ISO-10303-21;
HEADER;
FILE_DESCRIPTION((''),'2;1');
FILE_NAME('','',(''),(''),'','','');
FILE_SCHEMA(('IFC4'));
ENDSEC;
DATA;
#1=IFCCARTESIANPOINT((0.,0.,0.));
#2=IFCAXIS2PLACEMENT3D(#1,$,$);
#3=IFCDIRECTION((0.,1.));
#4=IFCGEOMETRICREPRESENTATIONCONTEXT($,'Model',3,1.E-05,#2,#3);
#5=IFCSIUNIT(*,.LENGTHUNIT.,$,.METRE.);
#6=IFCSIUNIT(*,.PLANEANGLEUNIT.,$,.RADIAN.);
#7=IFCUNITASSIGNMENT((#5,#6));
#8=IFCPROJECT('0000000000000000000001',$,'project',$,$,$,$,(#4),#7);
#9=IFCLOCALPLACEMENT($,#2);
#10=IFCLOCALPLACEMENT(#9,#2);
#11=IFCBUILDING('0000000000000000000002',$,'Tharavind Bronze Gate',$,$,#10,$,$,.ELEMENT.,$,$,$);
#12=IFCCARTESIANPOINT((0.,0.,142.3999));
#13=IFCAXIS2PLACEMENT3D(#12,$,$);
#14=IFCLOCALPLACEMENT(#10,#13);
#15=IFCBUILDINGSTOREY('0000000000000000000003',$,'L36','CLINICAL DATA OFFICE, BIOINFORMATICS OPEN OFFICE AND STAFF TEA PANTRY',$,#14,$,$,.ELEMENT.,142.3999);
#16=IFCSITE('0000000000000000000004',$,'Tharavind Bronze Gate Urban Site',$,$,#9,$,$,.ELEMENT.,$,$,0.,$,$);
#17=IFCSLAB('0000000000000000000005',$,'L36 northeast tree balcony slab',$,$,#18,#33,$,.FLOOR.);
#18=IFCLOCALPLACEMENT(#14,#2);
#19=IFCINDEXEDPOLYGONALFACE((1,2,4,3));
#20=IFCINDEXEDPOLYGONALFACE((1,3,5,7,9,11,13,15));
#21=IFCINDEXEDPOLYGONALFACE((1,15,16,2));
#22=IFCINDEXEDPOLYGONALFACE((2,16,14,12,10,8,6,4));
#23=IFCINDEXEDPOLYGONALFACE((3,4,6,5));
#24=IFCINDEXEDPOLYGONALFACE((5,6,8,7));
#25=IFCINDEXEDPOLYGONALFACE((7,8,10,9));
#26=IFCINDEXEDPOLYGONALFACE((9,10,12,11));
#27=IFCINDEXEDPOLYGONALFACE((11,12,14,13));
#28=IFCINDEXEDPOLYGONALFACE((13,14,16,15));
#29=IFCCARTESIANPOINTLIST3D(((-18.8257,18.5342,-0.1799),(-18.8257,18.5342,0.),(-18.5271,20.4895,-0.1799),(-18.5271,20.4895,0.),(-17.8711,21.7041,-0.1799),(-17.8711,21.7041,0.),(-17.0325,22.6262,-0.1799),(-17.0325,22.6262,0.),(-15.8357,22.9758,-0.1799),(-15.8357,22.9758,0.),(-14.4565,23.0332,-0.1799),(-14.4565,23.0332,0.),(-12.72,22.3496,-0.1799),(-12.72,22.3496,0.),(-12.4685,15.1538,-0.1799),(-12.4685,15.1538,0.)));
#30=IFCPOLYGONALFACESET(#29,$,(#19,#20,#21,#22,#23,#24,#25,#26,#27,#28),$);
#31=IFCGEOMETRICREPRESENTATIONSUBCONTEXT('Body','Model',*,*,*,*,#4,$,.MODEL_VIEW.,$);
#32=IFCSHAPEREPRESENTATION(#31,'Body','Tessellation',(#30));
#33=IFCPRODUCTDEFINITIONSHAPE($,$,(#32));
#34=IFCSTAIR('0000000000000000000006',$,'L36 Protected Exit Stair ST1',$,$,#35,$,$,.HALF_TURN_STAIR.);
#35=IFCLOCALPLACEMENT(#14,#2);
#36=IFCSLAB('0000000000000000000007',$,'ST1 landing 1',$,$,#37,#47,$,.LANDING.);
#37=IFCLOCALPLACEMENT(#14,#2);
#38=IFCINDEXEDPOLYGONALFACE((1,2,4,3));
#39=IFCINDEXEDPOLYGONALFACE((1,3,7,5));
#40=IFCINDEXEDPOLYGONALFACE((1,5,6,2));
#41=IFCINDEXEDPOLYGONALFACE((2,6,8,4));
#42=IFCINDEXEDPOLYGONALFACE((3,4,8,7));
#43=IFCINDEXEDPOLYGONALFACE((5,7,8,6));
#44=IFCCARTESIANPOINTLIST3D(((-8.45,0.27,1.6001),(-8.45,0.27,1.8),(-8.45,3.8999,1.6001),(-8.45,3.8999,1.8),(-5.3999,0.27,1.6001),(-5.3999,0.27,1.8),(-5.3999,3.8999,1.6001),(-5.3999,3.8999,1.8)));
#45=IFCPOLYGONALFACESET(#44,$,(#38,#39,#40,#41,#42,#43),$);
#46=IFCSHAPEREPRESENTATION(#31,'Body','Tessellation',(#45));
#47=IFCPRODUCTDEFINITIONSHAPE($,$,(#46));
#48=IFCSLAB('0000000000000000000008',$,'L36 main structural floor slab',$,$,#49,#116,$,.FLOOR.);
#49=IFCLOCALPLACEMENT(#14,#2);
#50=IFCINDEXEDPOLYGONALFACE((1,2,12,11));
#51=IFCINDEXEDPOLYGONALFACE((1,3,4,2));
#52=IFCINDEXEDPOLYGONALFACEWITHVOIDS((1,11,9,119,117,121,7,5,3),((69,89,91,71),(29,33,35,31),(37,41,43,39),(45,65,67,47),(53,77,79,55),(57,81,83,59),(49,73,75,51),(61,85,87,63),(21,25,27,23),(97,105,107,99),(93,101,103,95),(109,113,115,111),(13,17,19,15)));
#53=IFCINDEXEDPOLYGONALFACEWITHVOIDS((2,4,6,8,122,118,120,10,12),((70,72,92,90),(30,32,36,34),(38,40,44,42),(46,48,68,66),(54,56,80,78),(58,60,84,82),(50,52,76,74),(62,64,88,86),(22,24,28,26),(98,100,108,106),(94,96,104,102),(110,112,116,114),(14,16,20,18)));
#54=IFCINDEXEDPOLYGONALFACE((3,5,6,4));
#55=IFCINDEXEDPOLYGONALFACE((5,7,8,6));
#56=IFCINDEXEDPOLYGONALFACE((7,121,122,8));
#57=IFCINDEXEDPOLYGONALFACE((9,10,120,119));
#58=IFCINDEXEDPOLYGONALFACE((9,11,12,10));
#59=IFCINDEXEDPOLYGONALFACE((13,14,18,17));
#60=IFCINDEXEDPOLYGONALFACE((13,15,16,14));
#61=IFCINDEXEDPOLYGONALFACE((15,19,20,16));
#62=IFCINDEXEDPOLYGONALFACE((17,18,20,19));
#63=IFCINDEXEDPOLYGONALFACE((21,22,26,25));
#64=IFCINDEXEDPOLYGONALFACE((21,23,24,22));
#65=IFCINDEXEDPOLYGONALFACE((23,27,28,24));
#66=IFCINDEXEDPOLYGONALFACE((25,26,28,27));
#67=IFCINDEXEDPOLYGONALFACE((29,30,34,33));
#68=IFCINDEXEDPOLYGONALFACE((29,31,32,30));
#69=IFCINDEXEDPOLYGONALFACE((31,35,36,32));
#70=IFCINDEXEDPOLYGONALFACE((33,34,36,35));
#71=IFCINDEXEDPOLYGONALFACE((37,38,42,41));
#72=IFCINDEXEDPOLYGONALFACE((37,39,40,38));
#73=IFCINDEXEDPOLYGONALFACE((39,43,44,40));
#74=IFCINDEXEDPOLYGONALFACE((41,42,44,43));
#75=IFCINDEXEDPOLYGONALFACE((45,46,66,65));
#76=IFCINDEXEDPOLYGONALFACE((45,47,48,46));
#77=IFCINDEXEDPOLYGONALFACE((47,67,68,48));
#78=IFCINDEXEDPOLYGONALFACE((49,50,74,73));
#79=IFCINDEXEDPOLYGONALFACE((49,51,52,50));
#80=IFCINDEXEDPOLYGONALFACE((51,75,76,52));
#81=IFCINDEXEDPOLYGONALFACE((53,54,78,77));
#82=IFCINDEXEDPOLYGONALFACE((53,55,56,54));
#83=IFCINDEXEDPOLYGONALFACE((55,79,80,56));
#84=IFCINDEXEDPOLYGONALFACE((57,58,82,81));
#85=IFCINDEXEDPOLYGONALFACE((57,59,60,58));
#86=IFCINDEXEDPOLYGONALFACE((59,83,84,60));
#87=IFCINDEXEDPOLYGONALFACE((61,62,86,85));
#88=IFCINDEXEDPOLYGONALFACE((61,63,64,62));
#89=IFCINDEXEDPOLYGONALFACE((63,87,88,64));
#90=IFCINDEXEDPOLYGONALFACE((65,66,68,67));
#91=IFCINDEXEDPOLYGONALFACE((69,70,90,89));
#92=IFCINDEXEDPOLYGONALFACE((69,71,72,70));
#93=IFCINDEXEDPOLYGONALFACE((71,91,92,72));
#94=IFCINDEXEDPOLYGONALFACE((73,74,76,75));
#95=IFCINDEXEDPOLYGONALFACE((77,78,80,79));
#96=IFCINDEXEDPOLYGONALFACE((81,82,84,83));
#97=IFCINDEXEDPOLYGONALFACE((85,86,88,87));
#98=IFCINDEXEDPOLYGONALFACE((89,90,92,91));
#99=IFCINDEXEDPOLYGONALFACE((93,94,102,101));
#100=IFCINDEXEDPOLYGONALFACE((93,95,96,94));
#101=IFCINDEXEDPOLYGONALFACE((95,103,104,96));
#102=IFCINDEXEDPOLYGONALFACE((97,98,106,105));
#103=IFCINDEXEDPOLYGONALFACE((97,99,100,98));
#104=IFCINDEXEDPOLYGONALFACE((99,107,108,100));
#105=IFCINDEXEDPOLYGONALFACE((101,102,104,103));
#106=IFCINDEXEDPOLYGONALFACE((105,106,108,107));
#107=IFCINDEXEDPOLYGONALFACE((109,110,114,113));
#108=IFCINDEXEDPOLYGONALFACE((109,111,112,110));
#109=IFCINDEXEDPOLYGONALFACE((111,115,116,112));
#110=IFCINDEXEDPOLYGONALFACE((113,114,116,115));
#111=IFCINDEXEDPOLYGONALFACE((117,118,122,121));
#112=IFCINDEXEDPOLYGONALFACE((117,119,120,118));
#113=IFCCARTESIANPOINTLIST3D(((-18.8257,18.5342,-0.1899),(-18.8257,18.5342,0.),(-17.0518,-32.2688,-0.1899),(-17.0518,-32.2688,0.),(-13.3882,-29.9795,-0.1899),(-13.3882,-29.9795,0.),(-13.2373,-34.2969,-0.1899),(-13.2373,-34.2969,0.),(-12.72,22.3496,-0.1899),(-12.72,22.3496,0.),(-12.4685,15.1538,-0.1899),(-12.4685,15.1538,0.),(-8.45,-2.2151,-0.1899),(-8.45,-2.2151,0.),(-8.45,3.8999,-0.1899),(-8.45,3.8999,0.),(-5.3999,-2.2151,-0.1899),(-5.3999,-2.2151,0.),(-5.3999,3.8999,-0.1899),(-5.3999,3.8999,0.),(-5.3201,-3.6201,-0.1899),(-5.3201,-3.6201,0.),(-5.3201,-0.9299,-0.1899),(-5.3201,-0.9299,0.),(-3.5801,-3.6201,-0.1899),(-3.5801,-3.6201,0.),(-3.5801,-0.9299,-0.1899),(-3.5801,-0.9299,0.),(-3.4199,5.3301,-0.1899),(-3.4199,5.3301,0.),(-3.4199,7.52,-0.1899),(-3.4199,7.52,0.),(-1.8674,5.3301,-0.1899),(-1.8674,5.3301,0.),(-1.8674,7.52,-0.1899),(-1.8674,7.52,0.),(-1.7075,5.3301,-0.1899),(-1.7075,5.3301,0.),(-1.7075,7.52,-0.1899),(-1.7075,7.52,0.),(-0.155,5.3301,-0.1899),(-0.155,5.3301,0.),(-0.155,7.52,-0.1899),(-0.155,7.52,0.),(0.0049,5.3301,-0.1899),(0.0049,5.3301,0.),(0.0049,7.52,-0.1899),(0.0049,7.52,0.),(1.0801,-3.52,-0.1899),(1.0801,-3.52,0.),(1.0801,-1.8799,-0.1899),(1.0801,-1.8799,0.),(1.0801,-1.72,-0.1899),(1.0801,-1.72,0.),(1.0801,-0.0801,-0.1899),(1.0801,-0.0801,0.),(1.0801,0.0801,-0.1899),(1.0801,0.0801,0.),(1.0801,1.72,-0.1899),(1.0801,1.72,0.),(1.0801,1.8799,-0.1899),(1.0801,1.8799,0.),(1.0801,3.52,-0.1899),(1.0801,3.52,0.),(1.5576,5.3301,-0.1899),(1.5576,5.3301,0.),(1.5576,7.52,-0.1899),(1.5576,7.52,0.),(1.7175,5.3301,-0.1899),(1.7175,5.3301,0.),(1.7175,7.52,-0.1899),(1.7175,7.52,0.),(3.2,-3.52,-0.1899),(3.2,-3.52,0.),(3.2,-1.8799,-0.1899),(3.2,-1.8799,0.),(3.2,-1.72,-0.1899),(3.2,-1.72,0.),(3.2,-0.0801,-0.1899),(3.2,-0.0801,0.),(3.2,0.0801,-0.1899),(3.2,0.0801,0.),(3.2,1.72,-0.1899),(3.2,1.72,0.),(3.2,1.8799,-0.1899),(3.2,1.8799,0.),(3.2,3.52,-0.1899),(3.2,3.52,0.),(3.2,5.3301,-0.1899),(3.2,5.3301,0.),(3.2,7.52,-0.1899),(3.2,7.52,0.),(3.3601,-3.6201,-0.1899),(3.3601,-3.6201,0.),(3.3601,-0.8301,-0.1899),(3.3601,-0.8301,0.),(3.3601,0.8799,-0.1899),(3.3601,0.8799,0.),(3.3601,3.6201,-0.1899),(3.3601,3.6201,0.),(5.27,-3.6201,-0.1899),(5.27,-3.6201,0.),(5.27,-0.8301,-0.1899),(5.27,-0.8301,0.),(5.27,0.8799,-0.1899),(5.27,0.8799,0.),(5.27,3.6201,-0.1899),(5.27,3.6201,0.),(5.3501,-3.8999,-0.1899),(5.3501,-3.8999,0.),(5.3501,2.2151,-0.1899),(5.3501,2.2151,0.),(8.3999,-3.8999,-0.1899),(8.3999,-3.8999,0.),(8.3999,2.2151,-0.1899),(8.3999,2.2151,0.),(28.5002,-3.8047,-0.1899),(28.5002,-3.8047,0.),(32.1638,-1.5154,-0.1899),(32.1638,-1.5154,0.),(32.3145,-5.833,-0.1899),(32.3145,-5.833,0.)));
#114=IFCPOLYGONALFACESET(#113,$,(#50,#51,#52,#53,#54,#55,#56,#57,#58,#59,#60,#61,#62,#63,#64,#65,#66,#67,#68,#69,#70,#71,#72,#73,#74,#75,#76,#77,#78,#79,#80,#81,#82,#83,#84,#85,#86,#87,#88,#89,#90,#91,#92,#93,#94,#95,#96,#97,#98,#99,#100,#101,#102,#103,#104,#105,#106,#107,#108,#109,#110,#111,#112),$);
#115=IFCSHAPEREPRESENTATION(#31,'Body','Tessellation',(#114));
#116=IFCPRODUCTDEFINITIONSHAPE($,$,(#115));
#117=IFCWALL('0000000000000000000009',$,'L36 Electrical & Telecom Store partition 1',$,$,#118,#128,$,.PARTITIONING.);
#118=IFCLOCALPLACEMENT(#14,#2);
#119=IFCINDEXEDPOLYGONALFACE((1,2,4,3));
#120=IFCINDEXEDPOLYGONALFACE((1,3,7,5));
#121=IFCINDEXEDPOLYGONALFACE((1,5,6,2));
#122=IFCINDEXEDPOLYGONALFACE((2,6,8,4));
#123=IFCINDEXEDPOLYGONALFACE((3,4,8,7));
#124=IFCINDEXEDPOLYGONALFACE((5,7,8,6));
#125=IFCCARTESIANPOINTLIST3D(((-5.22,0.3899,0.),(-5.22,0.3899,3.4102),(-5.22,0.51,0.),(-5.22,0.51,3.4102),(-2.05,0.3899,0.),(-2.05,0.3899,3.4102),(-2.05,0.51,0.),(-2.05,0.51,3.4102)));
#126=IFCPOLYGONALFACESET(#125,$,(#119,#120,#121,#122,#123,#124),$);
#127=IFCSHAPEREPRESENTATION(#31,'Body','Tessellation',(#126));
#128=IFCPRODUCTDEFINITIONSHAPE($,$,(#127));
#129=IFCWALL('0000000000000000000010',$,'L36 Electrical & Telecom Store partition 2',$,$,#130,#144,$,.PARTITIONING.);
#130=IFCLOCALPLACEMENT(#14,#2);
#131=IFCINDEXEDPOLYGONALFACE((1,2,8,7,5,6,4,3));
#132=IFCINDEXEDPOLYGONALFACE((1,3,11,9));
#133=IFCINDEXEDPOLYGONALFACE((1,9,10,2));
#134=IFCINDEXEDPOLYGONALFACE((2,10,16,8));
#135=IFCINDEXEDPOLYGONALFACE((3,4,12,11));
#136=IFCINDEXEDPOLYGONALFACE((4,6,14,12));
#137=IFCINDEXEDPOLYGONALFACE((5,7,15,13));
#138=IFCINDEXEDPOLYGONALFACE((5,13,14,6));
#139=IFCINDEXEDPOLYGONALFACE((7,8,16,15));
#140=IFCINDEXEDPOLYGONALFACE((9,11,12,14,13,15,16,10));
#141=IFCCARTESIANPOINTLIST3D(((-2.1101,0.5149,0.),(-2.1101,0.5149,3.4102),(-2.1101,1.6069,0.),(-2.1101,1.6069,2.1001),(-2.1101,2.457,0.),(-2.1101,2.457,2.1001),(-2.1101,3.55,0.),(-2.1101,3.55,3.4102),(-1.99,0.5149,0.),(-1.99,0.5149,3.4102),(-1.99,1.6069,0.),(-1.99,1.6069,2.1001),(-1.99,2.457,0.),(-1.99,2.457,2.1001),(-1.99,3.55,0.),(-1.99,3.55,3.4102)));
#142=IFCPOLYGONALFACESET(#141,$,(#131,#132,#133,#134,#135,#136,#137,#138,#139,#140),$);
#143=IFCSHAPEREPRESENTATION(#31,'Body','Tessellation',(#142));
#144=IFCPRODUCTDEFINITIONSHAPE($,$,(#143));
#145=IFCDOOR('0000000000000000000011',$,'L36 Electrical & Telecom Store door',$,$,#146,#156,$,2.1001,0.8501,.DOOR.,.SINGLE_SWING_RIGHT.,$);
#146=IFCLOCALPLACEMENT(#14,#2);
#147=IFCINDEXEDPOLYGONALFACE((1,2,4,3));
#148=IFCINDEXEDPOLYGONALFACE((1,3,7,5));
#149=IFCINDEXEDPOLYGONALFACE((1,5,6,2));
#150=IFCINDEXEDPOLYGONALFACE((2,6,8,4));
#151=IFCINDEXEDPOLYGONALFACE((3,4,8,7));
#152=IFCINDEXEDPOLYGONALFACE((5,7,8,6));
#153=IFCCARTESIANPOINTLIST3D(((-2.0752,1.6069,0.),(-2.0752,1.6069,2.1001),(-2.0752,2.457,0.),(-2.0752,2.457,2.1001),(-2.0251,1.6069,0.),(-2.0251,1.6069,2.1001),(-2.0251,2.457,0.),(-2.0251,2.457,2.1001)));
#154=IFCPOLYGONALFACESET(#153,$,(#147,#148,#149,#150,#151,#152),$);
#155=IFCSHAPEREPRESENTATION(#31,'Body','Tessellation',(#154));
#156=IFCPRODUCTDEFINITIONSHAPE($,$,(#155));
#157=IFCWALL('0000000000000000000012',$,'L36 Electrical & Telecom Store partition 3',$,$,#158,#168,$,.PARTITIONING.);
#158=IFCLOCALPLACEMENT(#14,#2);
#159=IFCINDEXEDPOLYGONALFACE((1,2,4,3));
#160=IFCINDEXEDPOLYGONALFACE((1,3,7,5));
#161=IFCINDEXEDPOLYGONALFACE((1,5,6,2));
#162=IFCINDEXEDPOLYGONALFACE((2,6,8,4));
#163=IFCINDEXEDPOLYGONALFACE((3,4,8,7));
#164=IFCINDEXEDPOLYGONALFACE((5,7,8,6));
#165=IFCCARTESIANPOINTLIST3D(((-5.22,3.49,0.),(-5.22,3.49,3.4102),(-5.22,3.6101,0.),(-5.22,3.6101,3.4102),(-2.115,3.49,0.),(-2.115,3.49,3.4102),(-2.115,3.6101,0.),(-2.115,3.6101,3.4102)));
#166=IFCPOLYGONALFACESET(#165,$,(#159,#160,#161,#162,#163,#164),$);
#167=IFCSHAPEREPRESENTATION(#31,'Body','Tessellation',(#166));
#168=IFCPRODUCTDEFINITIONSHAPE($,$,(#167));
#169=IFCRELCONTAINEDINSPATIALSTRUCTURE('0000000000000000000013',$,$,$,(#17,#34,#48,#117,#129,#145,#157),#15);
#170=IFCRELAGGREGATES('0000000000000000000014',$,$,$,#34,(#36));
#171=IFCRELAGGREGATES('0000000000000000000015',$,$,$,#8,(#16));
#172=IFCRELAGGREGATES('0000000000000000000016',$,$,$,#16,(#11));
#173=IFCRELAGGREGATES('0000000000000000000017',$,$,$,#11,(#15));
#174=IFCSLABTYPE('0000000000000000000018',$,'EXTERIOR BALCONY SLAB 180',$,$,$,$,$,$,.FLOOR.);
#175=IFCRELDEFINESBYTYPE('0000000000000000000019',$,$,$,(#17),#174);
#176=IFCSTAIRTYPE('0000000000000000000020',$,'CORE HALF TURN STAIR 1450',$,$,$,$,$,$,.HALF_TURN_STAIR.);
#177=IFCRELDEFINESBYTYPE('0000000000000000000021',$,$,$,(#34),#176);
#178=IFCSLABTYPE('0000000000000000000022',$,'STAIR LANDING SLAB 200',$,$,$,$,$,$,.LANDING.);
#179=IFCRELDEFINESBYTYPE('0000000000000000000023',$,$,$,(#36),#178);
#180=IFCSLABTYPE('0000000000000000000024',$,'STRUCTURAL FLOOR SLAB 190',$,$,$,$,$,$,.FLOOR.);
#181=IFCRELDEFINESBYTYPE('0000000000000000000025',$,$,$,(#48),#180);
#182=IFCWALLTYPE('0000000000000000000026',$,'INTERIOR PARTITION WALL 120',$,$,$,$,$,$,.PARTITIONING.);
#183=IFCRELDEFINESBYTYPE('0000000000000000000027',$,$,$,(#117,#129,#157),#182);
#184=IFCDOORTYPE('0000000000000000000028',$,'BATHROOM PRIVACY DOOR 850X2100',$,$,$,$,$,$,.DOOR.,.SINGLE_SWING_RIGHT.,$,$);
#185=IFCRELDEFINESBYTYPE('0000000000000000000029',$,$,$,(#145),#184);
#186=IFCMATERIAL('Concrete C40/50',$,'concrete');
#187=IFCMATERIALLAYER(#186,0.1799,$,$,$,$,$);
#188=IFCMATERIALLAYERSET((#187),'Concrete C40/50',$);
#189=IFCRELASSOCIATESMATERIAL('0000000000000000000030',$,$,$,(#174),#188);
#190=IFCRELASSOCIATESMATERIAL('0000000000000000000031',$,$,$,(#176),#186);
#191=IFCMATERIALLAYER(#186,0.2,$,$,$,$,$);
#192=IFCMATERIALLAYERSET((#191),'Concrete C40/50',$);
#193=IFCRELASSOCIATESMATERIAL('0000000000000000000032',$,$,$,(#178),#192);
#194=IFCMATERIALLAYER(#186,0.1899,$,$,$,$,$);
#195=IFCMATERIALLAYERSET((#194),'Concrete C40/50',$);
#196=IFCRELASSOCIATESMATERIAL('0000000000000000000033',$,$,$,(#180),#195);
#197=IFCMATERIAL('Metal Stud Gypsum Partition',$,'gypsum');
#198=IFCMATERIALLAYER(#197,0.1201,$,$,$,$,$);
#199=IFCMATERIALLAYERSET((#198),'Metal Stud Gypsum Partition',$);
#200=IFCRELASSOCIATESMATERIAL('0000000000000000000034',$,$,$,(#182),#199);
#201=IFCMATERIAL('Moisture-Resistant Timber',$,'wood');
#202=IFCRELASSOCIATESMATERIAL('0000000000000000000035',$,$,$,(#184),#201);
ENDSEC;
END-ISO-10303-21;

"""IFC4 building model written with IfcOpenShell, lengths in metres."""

from ifc_helpers import new_model, si_unit, direction, frame, frame_2d, origin, place, context, subcontext, project, spatial, polyline, rectangle, outline, extrude, material, layer, layer_set, type_object, element, fill, aggregate, save


model = new_model("IFC4")

# Units and contexts
model_context = context("Model", 3, precision=1e-05, world=origin(), true_north=direction((0.0, 1.0)))
body_context = subcontext(model_context, "Body", "Model", "MODEL_VIEW")
ifc_project = project(units=[si_unit("LENGTHUNIT", "METRE"), si_unit("PLANEANGLEUNIT", "RADIAN")], contexts=[model_context])

# Site, building, storey
site_placement = place(None, origin())
site = spatial("IfcSite", under=ifc_project, at=site_placement, Name="Tharavind Bronze Gate Urban Site", CompositionType="ELEMENT", RefElevation=0.0)
building_placement = place(site_placement, origin())
building = spatial("IfcBuilding", under=site, at=building_placement, Name="Tharavind Bronze Gate", CompositionType="ELEMENT")
storey_placement = place(building_placement, frame((0.0, 0.0, 142.3999)))
storey = spatial("IfcBuildingStorey", under=building, at=storey_placement, Name="L36", Description="CLINICAL DATA OFFICE, BIOINFORMATICS OPEN OFFICE AND STAFF TEA PANTRY", CompositionType="ELEMENT", Elevation=142.3999)

# Slab
ifc_material_1 = material(Name="Concrete C40/50", Category="concrete")
ifc_layer_1 = layer(ifc_material_1, 0.1799)
ifc_layer_set_1 = layer_set([ifc_layer_1], Name="Concrete C40/50")
slab_type_1 = type_object("IfcSlabType", Name="EXTERIOR BALCONY SLAB 180", PredefinedType="FLOOR", material=ifc_layer_set_1)
slab_1_placement = place(storey_placement, frame((0.0, 0.0, -0.1799)))
element("IfcSlab", 1, at=slab_1_placement, inside=storey, type_object=slab_type_1, Name="L36 northeast tree balcony slab", PredefinedType="FLOOR", context=body_context, shape_type="SweptSolid", body=[
    extrude(outline(polyline([(-14.4565, 23.0332), (-15.8357, 22.9758), (-17.0325, 22.6262), (-17.8711, 21.7041), (-18.5271, 20.4895), (-18.8257, 18.5342), (-12.4685, 15.1538), (-12.72, 22.3496), (-14.4565, 23.0332)])), origin(), (0.0, 0.0, 1.0), 0.1799),
])

# Stair, slab
stair_type = type_object("IfcStairType", Name="CORE HALF TURN STAIR 1450", PredefinedType="HALF_TURN_STAIR", material=ifc_material_1)
stair_placement = place(storey_placement, origin())
stair = element("IfcStair", 2, at=stair_placement, inside=storey, type_object=stair_type, Name="L36 Protected Exit Stair ST1", PredefinedType="HALF_TURN_STAIR")
ifc_layer_2 = layer(ifc_material_1, 0.2)
ifc_layer_set_2 = layer_set([ifc_layer_2], Name="Concrete C40/50")
slab_type_2 = type_object("IfcSlabType", Name="STAIR LANDING SLAB 200", PredefinedType="LANDING", material=ifc_layer_set_2)
slab_2_placement = place(storey_placement, frame((0.0, 0.0, 1.6001)))
slab_2 = element("IfcSlab", 3, at=slab_2_placement, type_object=slab_type_2, Name="ST1 landing 1", PredefinedType="LANDING", context=body_context, shape_type="SweptSolid", body=[
    extrude(outline(polyline([(-5.3999, 0.27), (-5.3999, 3.8999), (-8.45, 3.8999), (-8.45, 0.27), (-5.3999, 0.27)])), origin(), (0.0, 0.0, 1.0), 0.2),
])
aggregate(stair, [slab_2])

# Slab
ifc_layer_3 = layer(ifc_material_1, 0.1899)
ifc_layer_set_3 = layer_set([ifc_layer_3], Name="Concrete C40/50")
slab_type_3 = type_object("IfcSlabType", Name="STRUCTURAL FLOOR SLAB 190", PredefinedType="FLOOR", material=ifc_layer_set_3)
slab_3_placement = place(storey_placement, frame((0.0, 0.0, -0.1899)))
element("IfcSlab", 4, at=slab_3_placement, inside=storey, type_object=slab_type_3, Name="L36 main structural floor slab", PredefinedType="FLOOR", context=body_context, shape_type="SweptSolid", body=[
    extrude(outline(polyline([(-12.72, 22.3496), (-12.4685, 15.1538), (-18.8257, 18.5342), (-17.0518, -32.2688), (-13.3882, -29.9795), (-13.2373, -34.2969), (32.3145, -5.833), (28.5002, -3.8047), (32.1638, -1.5154), (-12.72, 22.3496)]), holes=[polyline([(-5.3999, -2.2151), (-5.3999, 3.8999), (-8.45, 3.8999), (-8.45, -2.2151), (-5.3999, -2.2151)]), polyline([(5.3501, 2.2151), (5.3501, -3.8999), (8.3999, -3.8999), (8.3999, 2.2151), (5.3501, 2.2151)]), polyline([(-3.4199, 5.3301), (-1.8674, 5.3301), (-1.8674, 7.52), (-3.4199, 7.52), (-3.4199, 5.3301)]), polyline([(-1.7075, 5.3301), (-0.155, 5.3301), (-0.155, 7.52), (-1.7075, 7.52), (-1.7075, 5.3301)]), polyline([(0.0049, 5.3301), (1.5576, 5.3301), (1.5576, 7.52), (0.0049, 7.52), (0.0049, 5.3301)]), polyline([(1.7175, 5.3301), (3.2, 5.3301), (3.2, 7.52), (1.7175, 7.52), (1.7175, 5.3301)]), polyline([(1.0801, -3.52), (3.2, -3.52), (3.2, -1.8799), (1.0801, -1.8799), (1.0801, -3.52)]), polyline([(1.0801, -1.72), (3.2, -1.72), (3.2, -0.0801), (1.0801, -0.0801), (1.0801, -1.72)]), polyline([(1.0801, 0.0801), (3.2, 0.0801), (3.2, 1.72), (1.0801, 1.72), (1.0801, 0.0801)]), polyline([(1.0801, 1.8799), (3.2, 1.8799), (3.2, 3.52), (1.0801, 3.52), (1.0801, 1.8799)]), polyline([(-5.3201, -3.6201), (-3.5801, -3.6201), (-3.5801, -0.9299), (-5.3201, -0.9299), (-5.3201, -3.6201)]), polyline([(3.3601, 0.8799), (5.27, 0.8799), (5.27, 3.6201), (3.3601, 3.6201), (3.3601, 0.8799)]), polyline([(3.3601, -3.6201), (5.27, -3.6201), (5.27, -0.8301), (3.3601, -0.8301), (3.3601, -3.6201)])]), origin(), (0.0, 0.0, 1.0), 0.1899),
])

# Wall
ifc_material_2 = material(Name="Metal Stud Gypsum Partition", Category="gypsum")
ifc_layer_4 = layer(ifc_material_2, 0.1201)
ifc_layer_set_4 = layer_set([ifc_layer_4], Name="Metal Stud Gypsum Partition")
wall_type_1 = type_object("IfcWallType", Name="INTERIOR PARTITION WALL 120", PredefinedType="PARTITIONING", material=ifc_layer_set_4)
wall_1_placement = place(storey_placement, frame((-5.22, 0.45, 0.0), z_axis=(0.0, 0.0, 1.0), x_axis=(1.0, 0.0, 0.0)))
element("IfcWall", 5, at=wall_1_placement, inside=storey, type_object=wall_type_1, Name="L36 Electrical & Telecom Store partition 1", PredefinedType="PARTITIONING", context=body_context, shape_type="SweptSolid", body=[
    extrude(rectangle(XDim=3.1699, YDim=0.1201, at=frame_2d((1.585, 0.0))), origin(), (0.0, 0.0, 1.0), 3.4102),
])

# Wall, opening, door
wall_2_placement = place(storey_placement, frame((-2.05, 0.5149, 0.0), z_axis=(0.0, 0.0, 1.0), x_axis=(0.0, 1.0, 0.0)))
wall_2 = element("IfcWall", 6, at=wall_2_placement, inside=storey, type_object=wall_type_1, Name="L36 Electrical & Telecom Store partition 2", PredefinedType="PARTITIONING", context=body_context, shape_type="SweptSolid", body=[
    extrude(rectangle(XDim=3.0352, YDim=0.1201, at=frame_2d((1.5176, 0.0))), origin(), (0.0, 0.0, 1.0), 3.4102),
])
opening_1_placement = place(wall_2_placement, frame((1.092, 0.0, 0.0)))
opening_1 = element("IfcOpeningElement", 7, at=opening_1_placement, cuts=wall_2, PredefinedType="OPENING", context=body_context, shape_type="SweptSolid", body=[
    extrude(rectangle(XDim=0.8501, YDim=2.1001, at=frame_2d((0.425, 1.05))), frame((0.0, 0.0701, 0.0), z_axis=(0.0, -1.0, 0.0), x_axis=(1.0, 0.0, 0.0)), (0.0, 0.0, 1.0), 0.1401),
])
ifc_material_3 = material(Name="Moisture-Resistant Timber", Category="wood")
door_type_1 = type_object("IfcDoorType", Name="BATHROOM PRIVACY DOOR 850X2100", OperationType="SINGLE_SWING_RIGHT", PredefinedType="DOOR", material=ifc_material_3)
door_1_placement = place(opening_1_placement, frame((0.8501, 0.0, 0.0), z_axis=(0.0, 0.0, 1.0), x_axis=(-1.0, 0.0, 0.0)))
door_1 = element("IfcDoor", 8, at=door_1_placement, inside=storey, type_object=door_type_1, Name="L36 Electrical & Telecom Store door", OperationType="SINGLE_SWING_RIGHT", OverallHeight=2.1001, OverallWidth=0.8501, PredefinedType="DOOR", context=body_context, shape_type="SweptSolid", body=[
    extrude(rectangle(XDim=0.8501, YDim=2.1001, at=frame_2d((0.425, 1.05))), frame((0.0, 0.0249, 0.0), z_axis=(0.0, -1.0, 0.0), x_axis=(1.0, 0.0, 0.0)), (0.0, 0.0, 1.0), 0.05),
])
fill(opening_1, door_1)

# Wall
wall_3_placement = place(storey_placement, frame((-2.115, 3.55, 0.0), z_axis=(0.0, 0.0, 1.0), x_axis=(-1.0, 0.0, 0.0)))
element("IfcWall", 9, at=wall_3_placement, inside=storey, type_object=wall_type_1, Name="L36 Electrical & Telecom Store partition 3", PredefinedType="PARTITIONING", context=body_context, shape_type="SweptSolid", body=[
    extrude(rectangle(XDim=3.105, YDim=0.1201, at=frame_2d((1.5525, 0.0))), origin(), (0.0, 0.0, 1.0), 3.4102),
])

save(model, "model.ifc")
